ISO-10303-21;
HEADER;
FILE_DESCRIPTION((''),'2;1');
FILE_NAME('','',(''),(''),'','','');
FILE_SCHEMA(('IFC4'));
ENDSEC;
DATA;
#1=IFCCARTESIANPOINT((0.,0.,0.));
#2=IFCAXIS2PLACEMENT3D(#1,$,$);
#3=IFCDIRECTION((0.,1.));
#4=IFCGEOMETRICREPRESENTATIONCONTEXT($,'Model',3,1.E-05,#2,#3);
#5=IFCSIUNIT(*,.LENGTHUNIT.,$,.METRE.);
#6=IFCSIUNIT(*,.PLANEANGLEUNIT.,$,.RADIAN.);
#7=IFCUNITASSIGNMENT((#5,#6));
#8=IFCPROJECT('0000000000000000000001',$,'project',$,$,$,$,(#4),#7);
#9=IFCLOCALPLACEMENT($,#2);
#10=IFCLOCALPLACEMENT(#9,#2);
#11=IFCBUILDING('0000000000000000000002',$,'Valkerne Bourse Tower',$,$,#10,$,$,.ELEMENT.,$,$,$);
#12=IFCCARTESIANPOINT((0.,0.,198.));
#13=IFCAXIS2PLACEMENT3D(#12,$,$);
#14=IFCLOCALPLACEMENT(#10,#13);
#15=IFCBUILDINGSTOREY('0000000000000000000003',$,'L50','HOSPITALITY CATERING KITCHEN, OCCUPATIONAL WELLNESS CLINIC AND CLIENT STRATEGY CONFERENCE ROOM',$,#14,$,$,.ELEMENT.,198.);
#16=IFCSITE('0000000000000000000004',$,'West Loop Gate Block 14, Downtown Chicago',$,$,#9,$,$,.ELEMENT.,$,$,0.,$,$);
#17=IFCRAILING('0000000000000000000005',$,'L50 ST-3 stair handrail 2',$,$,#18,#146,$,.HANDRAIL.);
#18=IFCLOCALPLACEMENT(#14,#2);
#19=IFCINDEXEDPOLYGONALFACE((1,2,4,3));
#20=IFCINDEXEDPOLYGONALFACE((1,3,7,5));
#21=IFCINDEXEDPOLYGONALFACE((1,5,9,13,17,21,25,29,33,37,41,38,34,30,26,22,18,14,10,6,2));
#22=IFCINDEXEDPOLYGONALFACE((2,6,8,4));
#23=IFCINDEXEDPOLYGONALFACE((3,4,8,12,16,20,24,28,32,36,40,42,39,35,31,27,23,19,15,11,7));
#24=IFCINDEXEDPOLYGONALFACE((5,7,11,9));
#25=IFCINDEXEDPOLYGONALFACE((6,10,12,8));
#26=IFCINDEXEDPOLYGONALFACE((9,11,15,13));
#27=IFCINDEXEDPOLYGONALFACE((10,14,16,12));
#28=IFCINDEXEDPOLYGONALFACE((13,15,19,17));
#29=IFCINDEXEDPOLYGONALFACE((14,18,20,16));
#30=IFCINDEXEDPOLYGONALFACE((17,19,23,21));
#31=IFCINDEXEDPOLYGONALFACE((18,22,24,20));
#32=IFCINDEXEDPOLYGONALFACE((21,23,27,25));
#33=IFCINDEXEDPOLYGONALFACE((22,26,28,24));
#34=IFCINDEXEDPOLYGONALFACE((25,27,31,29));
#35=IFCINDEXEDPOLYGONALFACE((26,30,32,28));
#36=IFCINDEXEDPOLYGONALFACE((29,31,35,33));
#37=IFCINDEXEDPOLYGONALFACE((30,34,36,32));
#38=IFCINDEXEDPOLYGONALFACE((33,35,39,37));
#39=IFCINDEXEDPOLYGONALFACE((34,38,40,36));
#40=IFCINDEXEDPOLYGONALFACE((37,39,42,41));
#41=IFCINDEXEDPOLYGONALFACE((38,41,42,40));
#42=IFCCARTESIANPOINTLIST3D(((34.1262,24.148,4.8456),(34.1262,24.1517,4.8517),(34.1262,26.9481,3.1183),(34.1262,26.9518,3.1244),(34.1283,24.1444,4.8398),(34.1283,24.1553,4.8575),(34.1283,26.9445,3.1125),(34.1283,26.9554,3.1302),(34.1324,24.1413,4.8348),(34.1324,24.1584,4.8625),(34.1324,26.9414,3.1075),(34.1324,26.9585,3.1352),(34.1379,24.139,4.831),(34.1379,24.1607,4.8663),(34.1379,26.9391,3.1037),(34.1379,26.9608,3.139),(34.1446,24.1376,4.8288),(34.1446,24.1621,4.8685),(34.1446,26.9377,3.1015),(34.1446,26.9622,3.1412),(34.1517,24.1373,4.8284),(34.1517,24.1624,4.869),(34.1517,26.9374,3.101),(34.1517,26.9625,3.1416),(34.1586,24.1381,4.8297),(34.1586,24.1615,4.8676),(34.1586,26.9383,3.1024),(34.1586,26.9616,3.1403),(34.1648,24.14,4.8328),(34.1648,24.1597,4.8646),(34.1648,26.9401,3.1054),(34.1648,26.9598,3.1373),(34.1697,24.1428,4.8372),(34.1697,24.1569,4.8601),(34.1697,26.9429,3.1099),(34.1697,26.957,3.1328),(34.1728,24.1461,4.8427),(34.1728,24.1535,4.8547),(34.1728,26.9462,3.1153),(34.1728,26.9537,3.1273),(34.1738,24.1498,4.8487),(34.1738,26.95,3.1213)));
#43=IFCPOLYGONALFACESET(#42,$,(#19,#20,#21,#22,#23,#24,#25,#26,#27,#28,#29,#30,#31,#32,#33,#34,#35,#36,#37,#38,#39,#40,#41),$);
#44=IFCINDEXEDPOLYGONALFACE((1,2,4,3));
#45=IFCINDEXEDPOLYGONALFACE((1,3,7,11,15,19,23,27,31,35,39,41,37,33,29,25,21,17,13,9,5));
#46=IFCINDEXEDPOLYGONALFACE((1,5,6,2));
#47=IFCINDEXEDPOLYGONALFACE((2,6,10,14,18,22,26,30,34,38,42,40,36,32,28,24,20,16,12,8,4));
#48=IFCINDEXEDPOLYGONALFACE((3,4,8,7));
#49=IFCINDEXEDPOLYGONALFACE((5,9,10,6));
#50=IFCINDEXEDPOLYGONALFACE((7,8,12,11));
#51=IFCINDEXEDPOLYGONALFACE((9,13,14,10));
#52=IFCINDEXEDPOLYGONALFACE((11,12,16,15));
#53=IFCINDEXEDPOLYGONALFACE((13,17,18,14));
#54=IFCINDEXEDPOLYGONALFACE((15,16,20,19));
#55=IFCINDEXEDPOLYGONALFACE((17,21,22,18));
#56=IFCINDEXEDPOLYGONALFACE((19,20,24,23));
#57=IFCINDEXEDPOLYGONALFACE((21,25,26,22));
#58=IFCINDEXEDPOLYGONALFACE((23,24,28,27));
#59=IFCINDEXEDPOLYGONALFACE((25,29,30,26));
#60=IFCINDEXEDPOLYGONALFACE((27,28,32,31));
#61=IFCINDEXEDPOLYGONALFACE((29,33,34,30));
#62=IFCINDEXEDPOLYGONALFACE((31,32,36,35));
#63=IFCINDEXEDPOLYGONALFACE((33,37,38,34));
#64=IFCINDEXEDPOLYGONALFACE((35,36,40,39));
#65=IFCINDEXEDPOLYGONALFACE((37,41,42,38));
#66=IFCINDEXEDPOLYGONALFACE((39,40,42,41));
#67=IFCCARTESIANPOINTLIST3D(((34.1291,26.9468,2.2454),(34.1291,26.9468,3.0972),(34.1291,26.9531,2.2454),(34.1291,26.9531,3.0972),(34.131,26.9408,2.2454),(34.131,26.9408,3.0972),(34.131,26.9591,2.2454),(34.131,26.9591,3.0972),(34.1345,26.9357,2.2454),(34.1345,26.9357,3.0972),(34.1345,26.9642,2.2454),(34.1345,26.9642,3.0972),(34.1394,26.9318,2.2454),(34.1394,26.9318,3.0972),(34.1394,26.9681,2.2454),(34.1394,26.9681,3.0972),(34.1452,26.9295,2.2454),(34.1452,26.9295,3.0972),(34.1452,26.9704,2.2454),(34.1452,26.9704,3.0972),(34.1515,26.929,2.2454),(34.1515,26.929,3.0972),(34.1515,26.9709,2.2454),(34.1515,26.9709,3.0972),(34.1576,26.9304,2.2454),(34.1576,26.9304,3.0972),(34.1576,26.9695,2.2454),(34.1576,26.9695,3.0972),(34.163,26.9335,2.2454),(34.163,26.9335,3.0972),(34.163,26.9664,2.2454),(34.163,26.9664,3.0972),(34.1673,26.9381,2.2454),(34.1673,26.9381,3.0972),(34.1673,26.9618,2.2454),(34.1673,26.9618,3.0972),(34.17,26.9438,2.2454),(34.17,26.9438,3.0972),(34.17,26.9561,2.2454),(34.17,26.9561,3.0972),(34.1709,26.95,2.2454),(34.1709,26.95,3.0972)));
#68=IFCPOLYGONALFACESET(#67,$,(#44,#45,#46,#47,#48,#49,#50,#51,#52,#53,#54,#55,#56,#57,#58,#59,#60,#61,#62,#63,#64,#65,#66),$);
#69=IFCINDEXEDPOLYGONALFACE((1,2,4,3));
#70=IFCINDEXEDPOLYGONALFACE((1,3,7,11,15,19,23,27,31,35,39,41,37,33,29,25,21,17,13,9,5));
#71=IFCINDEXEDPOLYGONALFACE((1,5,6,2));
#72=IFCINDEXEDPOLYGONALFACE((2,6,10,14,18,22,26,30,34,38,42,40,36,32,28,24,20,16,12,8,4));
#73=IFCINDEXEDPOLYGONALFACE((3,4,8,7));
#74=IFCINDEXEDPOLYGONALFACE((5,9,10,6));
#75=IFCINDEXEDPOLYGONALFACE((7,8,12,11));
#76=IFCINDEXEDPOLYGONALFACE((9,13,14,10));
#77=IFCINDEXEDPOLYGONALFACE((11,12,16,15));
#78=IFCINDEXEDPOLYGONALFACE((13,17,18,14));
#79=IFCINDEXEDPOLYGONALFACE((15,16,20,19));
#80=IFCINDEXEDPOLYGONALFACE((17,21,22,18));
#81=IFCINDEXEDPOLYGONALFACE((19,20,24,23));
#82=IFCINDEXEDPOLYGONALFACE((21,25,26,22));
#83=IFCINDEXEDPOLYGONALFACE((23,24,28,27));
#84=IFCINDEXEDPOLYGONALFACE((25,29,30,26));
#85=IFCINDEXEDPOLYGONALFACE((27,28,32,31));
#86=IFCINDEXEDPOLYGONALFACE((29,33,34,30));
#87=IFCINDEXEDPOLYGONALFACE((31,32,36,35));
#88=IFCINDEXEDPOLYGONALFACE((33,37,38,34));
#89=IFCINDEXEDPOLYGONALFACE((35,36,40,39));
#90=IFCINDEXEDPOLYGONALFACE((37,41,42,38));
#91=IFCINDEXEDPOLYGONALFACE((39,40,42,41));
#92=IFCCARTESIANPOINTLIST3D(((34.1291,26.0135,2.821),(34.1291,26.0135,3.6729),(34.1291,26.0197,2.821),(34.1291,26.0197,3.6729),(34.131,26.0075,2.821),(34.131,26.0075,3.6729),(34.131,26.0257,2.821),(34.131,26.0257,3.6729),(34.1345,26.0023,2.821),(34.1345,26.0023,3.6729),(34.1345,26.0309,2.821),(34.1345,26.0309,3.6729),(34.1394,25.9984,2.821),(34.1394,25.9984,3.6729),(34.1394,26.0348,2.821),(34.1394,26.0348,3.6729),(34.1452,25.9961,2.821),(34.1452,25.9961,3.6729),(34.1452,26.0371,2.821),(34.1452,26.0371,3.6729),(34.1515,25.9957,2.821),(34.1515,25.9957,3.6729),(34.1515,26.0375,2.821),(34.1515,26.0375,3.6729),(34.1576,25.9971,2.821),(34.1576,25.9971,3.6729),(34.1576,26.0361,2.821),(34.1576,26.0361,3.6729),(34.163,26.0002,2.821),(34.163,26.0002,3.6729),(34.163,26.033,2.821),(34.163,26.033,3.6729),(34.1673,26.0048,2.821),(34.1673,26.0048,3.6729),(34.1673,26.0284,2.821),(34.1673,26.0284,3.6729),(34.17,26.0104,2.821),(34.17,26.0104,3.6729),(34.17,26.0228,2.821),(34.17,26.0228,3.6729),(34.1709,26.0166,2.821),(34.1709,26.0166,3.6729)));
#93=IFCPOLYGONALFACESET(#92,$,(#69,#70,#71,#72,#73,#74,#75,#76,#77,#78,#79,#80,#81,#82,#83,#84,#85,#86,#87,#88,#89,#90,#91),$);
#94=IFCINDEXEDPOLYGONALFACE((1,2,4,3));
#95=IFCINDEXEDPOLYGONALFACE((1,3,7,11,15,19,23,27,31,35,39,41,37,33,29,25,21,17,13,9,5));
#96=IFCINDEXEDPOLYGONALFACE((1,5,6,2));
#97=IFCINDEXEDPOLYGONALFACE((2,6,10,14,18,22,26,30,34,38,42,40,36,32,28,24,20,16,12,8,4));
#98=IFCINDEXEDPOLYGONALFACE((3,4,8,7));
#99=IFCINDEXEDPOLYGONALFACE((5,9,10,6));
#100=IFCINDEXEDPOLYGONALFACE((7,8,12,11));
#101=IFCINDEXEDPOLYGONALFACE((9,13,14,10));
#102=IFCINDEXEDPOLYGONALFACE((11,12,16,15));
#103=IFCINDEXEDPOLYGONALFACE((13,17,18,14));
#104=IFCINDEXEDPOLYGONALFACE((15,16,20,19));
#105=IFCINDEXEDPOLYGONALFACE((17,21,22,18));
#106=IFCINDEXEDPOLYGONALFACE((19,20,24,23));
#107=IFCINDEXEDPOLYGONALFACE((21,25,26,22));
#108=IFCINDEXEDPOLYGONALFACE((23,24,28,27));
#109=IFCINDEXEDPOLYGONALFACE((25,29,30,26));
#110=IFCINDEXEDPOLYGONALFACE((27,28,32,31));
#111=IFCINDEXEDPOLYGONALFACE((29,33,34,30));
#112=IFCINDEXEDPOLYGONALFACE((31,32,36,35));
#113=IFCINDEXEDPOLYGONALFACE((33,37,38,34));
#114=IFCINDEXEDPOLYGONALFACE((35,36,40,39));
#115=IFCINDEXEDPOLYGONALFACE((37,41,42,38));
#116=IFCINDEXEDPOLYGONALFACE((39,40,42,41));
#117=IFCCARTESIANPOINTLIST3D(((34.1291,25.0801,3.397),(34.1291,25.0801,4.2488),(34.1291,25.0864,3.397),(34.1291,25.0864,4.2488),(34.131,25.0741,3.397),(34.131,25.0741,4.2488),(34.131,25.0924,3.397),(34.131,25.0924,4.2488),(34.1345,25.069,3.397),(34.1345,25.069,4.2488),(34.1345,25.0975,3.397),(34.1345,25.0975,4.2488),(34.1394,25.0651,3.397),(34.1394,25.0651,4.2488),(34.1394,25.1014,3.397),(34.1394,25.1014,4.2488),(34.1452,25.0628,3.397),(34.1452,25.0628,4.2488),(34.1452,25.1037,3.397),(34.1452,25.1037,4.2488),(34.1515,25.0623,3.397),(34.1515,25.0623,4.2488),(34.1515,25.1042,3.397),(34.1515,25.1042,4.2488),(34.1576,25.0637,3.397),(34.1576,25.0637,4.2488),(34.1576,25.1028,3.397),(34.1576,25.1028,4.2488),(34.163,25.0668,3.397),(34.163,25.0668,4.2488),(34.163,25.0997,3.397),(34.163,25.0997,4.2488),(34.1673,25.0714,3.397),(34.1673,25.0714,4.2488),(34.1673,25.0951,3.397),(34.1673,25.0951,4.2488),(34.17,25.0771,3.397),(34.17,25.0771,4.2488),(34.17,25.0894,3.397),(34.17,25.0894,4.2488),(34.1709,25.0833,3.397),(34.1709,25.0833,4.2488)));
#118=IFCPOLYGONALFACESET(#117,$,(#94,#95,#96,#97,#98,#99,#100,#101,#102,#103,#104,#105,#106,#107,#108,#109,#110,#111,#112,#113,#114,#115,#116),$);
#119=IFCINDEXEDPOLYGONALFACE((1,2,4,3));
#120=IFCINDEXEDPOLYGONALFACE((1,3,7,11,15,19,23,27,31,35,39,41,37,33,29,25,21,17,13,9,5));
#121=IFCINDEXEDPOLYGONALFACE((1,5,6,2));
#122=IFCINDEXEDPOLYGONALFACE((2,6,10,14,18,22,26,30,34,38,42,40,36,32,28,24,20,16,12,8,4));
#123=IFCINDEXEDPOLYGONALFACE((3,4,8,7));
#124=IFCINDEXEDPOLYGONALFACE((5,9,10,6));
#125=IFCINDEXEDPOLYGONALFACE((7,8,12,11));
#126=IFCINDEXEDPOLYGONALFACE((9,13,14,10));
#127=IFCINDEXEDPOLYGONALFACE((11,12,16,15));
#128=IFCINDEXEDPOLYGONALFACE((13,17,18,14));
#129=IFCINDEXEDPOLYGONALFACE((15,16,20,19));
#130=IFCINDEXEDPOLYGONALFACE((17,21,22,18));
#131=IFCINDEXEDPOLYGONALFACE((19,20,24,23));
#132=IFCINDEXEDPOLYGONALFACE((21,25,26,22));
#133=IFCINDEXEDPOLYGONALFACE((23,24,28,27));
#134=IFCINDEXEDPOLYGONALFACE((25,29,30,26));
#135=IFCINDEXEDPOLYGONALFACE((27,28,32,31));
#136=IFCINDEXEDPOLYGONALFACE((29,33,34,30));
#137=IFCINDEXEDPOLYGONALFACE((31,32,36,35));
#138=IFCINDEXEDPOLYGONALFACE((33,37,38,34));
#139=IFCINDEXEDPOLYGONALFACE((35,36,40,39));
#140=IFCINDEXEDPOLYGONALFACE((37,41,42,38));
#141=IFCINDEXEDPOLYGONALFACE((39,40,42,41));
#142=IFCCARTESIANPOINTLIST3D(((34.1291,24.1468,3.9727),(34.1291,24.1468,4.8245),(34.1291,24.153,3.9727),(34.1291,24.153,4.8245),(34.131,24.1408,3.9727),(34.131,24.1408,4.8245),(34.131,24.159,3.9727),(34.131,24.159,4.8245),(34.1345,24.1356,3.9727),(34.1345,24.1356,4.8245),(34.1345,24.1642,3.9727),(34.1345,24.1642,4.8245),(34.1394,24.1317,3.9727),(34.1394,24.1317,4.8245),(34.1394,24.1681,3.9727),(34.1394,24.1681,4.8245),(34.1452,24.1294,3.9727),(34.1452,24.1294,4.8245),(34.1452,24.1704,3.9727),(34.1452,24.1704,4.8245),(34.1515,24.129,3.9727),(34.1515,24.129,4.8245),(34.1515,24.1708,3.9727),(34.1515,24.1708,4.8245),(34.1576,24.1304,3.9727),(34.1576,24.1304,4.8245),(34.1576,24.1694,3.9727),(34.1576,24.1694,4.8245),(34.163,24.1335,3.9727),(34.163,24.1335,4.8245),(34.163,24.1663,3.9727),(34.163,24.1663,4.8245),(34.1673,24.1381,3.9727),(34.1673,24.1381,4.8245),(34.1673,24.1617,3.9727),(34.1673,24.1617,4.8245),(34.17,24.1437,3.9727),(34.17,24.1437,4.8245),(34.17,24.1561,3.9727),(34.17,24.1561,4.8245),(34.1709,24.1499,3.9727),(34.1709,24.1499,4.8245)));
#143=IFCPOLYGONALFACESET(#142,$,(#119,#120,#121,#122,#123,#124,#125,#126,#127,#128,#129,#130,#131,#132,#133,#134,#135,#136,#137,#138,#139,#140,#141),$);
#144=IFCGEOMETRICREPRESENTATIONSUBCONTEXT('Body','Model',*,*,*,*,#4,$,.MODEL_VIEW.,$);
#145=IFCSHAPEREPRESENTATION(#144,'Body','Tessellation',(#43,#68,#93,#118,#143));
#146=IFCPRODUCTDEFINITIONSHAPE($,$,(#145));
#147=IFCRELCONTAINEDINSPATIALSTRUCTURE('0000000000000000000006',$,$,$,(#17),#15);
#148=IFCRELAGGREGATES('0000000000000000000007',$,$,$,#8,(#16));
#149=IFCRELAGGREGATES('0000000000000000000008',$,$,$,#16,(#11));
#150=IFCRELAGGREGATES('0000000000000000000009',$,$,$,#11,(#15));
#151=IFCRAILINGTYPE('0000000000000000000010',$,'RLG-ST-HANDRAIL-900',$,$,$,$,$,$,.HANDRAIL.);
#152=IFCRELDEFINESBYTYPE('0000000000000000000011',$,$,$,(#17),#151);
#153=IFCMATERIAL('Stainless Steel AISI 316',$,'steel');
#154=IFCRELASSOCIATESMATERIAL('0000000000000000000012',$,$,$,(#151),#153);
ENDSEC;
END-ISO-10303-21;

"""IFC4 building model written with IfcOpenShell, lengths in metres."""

from ifc_helpers import new_model, si_unit, direction, frame, origin, origin_2d, place, context, subcontext, project, spatial, circle, extrude, material, type_object, element, save


model = new_model("IFC4")

# Units and contexts
model_context = context("Model", 3, precision=1e-05, world=origin(), true_north=direction((0.0, 1.0)))
body_context = subcontext(model_context, "Body", "Model", "MODEL_VIEW")
ifc_project = project(units=[si_unit("LENGTHUNIT", "METRE"), si_unit("PLANEANGLEUNIT", "RADIAN")], contexts=[model_context])

# Site, building, storey
site_placement = place(None, origin())
site = spatial("IfcSite", under=ifc_project, at=site_placement, Name="West Loop Gate Block 14, Downtown Chicago", CompositionType="ELEMENT", RefElevation=0.0)
building_placement = place(site_placement, origin())
building = spatial("IfcBuilding", under=site, at=building_placement, Name="Valkerne Bourse Tower", CompositionType="ELEMENT")
storey_placement = place(building_placement, frame((0.0, 0.0, 198.0)))
storey = spatial("IfcBuildingStorey", under=building, at=storey_placement, Name="L50", Description="HOSPITALITY CATERING KITCHEN, OCCUPATIONAL WELLNESS CLINIC AND CLIENT STRATEGY CONFERENCE ROOM", CompositionType="ELEMENT", Elevation=198.0)

# Railing
ifc_material_1 = material(Name="Stainless Steel AISI 316", Category="steel")
railing_type_1 = type_object("IfcRailingType", Name="RLG-ST-HANDRAIL-900", PredefinedType="HANDRAIL", material=ifc_material_1)
railing_1_placement = place(storey_placement, frame((34.1499, 26.95, 2.2454)))
element("IfcRailing", 1, at=railing_1_placement, inside=storey, type_object=railing_type_1, Name="L50 ST-3 stair handrail 2", PredefinedType="HANDRAIL", context=body_context, shape_type="SweptSolid", body=[
    extrude(circle(Radius=0.0239, at=origin_2d()), frame((0.0, 0.0, 0.876), z_axis=(0.0, -0.85109, 0.52502), x_axis=(1.0, 0.0, 0.0)), (0.0, 0.0, 1.0), 3.29),
    extrude(circle(Radius=0.021, at=origin_2d()), origin(), (0.0, 0.0, 1.0), 0.8518),
    extrude(circle(Radius=0.021, at=origin_2d()), frame((0.0, -0.9333, 0.5757)), (0.0, 0.0, 1.0), 0.8518),
    extrude(circle(Radius=0.021, at=origin_2d()), frame((0.0, -1.8667, 1.1516)), (0.0, 0.0, 1.0), 0.8518),
    extrude(circle(Radius=0.021, at=origin_2d()), frame((0.0, -2.8, 1.7273)), (0.0, 0.0, 1.0), 0.8518),
])

save(model, "model.ifc")
